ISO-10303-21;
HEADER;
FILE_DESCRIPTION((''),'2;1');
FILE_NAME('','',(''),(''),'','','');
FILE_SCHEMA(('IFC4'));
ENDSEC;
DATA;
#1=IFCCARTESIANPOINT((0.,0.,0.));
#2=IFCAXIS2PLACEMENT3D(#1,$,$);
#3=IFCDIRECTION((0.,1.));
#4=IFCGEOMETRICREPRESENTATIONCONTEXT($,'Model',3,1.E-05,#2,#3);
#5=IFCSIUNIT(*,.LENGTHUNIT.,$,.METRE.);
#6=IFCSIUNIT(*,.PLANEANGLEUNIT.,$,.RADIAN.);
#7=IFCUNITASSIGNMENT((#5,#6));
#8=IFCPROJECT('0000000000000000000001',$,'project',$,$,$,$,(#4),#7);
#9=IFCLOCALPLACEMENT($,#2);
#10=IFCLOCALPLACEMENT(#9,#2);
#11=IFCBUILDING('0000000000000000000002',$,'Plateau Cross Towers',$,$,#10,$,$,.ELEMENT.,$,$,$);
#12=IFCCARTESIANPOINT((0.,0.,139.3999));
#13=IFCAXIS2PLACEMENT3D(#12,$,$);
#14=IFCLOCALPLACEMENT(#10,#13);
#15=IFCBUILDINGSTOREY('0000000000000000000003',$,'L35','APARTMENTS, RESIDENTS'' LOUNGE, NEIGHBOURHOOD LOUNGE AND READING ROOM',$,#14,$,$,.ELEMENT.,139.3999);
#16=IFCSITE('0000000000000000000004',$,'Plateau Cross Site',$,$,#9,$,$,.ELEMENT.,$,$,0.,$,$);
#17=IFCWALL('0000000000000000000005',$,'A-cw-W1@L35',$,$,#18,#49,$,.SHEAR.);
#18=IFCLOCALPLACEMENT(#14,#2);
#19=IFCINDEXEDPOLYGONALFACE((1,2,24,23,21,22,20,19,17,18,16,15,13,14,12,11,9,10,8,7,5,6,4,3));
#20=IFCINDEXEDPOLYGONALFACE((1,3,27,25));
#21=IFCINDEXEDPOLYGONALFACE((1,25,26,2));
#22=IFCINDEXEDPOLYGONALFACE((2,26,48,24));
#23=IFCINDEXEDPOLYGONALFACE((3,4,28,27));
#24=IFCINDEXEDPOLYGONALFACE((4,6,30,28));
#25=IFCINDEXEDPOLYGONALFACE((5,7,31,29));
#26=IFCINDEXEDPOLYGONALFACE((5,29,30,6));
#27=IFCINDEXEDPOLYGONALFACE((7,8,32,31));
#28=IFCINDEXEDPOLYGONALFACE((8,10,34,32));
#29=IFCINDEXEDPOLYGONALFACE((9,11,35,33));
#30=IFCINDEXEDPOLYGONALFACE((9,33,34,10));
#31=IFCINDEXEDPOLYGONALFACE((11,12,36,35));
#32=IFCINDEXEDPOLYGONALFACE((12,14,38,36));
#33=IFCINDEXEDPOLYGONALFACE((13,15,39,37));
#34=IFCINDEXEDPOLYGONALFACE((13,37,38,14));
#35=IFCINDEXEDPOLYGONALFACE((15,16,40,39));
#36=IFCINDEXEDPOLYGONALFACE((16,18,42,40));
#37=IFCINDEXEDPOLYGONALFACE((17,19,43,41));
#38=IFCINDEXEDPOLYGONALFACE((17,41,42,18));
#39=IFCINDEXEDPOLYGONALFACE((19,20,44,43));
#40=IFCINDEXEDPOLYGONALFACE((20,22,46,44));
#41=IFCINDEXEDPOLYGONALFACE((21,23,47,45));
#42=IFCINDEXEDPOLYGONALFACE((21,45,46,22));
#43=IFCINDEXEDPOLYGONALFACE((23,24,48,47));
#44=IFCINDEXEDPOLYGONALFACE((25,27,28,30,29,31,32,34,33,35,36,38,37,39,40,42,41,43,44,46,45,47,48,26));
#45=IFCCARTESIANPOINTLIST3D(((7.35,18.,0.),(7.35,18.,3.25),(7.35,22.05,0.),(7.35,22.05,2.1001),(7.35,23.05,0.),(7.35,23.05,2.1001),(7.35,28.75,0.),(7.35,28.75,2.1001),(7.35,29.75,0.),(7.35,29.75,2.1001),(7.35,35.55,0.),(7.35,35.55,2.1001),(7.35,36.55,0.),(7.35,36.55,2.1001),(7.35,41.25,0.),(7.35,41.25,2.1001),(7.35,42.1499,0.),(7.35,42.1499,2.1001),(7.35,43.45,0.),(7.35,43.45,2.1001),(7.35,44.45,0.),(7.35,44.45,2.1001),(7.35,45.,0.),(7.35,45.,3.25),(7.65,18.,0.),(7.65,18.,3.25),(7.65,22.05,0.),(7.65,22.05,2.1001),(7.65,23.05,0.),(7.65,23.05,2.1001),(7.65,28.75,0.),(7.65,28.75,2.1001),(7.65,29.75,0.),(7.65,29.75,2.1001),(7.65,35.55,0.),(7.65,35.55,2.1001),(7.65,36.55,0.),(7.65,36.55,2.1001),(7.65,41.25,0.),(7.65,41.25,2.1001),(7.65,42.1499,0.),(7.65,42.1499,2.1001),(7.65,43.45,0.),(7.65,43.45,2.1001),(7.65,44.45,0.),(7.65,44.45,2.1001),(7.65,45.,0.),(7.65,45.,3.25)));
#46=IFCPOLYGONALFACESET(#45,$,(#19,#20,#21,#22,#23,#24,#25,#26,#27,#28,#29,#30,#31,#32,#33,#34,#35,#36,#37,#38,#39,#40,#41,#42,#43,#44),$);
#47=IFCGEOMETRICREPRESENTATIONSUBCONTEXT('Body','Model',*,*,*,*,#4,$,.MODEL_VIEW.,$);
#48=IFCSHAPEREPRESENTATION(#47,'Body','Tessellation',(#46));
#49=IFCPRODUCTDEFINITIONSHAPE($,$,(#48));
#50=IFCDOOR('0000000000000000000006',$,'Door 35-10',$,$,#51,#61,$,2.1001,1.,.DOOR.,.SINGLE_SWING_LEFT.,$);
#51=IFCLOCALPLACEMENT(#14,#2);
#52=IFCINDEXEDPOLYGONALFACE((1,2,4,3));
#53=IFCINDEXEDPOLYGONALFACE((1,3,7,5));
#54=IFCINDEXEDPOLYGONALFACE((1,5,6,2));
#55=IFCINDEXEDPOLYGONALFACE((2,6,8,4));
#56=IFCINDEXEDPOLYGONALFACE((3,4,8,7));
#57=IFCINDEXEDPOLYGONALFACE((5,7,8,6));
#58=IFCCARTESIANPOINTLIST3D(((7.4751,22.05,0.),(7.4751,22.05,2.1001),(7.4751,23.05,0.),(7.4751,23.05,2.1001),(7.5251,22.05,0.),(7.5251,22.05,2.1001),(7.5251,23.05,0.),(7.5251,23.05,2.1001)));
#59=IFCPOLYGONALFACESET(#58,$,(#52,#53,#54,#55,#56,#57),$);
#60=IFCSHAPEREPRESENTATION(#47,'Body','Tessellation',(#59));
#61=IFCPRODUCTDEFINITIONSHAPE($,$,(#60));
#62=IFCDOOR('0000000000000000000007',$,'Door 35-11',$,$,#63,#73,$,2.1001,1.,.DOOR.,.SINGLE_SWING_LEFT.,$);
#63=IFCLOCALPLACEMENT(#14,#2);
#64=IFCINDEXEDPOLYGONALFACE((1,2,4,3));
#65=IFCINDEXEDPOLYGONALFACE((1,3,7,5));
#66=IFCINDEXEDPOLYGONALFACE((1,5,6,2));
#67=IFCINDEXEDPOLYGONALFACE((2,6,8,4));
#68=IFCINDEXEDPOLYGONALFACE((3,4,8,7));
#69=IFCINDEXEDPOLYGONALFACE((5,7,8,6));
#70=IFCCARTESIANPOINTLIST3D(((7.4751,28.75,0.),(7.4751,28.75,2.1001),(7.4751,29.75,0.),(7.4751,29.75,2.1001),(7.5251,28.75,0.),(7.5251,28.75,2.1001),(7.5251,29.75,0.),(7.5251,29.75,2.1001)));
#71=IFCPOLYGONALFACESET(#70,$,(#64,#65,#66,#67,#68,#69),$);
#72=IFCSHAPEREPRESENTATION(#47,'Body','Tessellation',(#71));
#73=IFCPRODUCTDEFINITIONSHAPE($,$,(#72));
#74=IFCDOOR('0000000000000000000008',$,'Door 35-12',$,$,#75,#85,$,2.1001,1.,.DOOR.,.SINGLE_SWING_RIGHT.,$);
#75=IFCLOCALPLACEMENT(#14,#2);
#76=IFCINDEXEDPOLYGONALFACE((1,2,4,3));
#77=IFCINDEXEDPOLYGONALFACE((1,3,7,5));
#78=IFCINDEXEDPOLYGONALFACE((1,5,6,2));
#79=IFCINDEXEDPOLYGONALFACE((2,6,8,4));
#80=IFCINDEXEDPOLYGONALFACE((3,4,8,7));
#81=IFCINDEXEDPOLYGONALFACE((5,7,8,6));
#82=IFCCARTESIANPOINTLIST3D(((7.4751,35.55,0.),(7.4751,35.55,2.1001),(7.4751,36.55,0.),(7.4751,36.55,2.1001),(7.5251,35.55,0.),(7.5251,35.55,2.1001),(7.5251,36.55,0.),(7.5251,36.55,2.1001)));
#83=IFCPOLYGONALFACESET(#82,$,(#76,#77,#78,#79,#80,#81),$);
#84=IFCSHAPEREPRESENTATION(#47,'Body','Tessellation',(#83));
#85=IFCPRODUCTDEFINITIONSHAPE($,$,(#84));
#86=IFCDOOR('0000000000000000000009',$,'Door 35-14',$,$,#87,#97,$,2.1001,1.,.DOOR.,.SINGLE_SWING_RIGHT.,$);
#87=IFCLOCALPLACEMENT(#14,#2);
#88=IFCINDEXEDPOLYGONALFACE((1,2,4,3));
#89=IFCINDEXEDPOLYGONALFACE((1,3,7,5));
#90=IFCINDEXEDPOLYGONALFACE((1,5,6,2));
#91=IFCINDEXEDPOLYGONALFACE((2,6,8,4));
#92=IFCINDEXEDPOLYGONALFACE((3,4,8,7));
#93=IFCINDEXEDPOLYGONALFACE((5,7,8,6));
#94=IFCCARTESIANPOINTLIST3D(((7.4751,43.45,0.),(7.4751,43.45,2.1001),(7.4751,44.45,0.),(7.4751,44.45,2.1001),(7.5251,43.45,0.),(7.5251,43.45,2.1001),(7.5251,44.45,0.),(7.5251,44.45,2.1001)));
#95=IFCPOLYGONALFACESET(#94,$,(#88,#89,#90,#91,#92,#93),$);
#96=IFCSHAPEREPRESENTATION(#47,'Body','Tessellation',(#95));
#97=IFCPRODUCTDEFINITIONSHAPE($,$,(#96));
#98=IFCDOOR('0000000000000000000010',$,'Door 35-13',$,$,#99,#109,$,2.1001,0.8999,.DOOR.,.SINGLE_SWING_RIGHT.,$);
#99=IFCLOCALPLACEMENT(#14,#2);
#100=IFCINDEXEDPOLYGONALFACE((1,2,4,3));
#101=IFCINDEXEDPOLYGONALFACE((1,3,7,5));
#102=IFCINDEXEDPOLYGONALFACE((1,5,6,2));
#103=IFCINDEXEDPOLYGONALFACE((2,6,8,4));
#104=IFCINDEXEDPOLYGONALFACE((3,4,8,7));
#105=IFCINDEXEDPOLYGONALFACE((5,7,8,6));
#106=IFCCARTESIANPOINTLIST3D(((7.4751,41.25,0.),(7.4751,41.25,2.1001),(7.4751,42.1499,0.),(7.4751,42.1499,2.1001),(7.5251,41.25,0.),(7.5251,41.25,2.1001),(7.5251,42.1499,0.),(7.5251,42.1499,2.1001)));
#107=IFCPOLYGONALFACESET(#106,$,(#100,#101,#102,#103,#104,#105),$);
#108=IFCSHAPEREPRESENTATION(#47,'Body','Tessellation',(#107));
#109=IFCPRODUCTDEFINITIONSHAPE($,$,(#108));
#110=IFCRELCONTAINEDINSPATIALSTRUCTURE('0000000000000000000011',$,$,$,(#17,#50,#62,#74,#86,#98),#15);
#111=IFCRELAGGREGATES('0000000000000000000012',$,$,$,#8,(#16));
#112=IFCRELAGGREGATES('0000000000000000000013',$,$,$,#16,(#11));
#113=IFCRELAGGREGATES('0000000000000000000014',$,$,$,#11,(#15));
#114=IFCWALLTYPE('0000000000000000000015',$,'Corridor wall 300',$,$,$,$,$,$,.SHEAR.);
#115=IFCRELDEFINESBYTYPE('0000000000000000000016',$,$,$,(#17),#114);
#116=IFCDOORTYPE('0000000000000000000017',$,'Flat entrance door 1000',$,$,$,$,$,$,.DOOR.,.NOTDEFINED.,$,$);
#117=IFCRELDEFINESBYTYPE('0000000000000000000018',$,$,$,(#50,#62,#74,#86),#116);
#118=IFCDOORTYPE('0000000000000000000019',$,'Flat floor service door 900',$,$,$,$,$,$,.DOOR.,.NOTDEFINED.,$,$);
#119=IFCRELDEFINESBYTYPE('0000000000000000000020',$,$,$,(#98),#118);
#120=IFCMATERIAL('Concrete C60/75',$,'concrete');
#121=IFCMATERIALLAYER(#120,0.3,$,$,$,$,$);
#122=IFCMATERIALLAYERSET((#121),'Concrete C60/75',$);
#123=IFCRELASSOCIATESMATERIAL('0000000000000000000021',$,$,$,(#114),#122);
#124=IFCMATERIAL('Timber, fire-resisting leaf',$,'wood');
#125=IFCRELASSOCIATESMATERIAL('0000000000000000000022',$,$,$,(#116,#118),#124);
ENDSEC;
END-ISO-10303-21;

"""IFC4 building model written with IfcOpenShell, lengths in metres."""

from ifc_helpers import new_model, si_unit, direction, frame, frame_2d, origin, place, context, subcontext, project, spatial, rectangle, extrude, material, layer, layer_set, type_object, element, fill, save


model = new_model("IFC4")

# Units and contexts
model_context = context("Model", 3, precision=1e-05, world=origin(), true_north=direction((0.0, 1.0)))
body_context = subcontext(model_context, "Body", "Model", "MODEL_VIEW")
ifc_project = project(units=[si_unit("LENGTHUNIT", "METRE"), si_unit("PLANEANGLEUNIT", "RADIAN")], contexts=[model_context])

# Site, building, storey
site_placement = place(None, origin())
site = spatial("IfcSite", under=ifc_project, at=site_placement, Name="Plateau Cross Site", CompositionType="ELEMENT", RefElevation=0.0)
building_placement = place(site_placement, origin())
building = spatial("IfcBuilding", under=site, at=building_placement, Name="Plateau Cross Towers", CompositionType="ELEMENT")
storey_placement = place(building_placement, frame((0.0, 0.0, 139.3999)))
storey = spatial("IfcBuildingStorey", under=building, at=storey_placement, Name="L35", Description="APARTMENTS, RESIDENTS' LOUNGE, NEIGHBOURHOOD LOUNGE AND READING ROOM", CompositionType="ELEMENT", Elevation=139.3999)

# Wall, openings, doors
ifc_material_1 = material(Name="Concrete C60/75", Category="concrete")
ifc_layer_1 = layer(ifc_material_1, 0.3)
ifc_layer_set_1 = layer_set([ifc_layer_1], Name="Concrete C60/75")
wall_type_1 = type_object("IfcWallType", Name="Corridor wall 300", PredefinedType="SHEAR", material=ifc_layer_set_1)
wall_1_placement = place(storey_placement, frame((7.5, 18.0, 0.0), z_axis=(0.0, 0.0, 1.0), x_axis=(0.0, 1.0, 0.0)))
wall_1 = element("IfcWall", 1, at=wall_1_placement, inside=storey, type_object=wall_type_1, Name="A-cw-W1@L35", PredefinedType="SHEAR", context=body_context, shape_type="SweptSolid", body=[
    extrude(rectangle(XDim=27.0, YDim=0.3, at=frame_2d((13.5, 0.0))), origin(), (0.0, 0.0, 1.0), 3.25),
])
opening_1_placement = place(wall_1_placement, frame((4.05, 0.0, 0.0)))
opening_1 = element("IfcOpeningElement", 2, at=opening_1_placement, cuts=wall_1, PredefinedType="OPENING", context=body_context, shape_type="SweptSolid", body=[
    extrude(rectangle(XDim=1.0, YDim=2.1001, at=frame_2d((0.5, 1.05))), frame((0.0, 0.1599, 0.0), z_axis=(0.0, -1.0, 0.0), x_axis=(1.0, 0.0, 0.0)), (0.0, 0.0, 1.0), 0.3201),
])
opening_2_placement = place(wall_1_placement, frame((10.75, 0.0, 0.0)))
opening_2 = element("IfcOpeningElement", 3, at=opening_2_placement, cuts=wall_1, PredefinedType="OPENING", context=body_context, shape_type="SweptSolid", body=[
    extrude(rectangle(XDim=1.0, YDim=2.1001, at=frame_2d((0.5, 1.05))), frame((0.0, 0.1599, 0.0), z_axis=(0.0, -1.0, 0.0), x_axis=(1.0, 0.0, 0.0)), (0.0, 0.0, 1.0), 0.3201),
])
opening_3_placement = place(wall_1_placement, frame((17.55, 0.0, 0.0)))
opening_3 = element("IfcOpeningElement", 4, at=opening_3_placement, cuts=wall_1, PredefinedType="OPENING", context=body_context, shape_type="SweptSolid", body=[
    extrude(rectangle(XDim=1.0, YDim=2.1001, at=frame_2d((0.5, 1.05))), frame((0.0, 0.1599, 0.0), z_axis=(0.0, -1.0, 0.0), x_axis=(1.0, 0.0, 0.0)), (0.0, 0.0, 1.0), 0.3201),
])
opening_4_placement = place(wall_1_placement, frame((23.25, 0.0, 0.0)))
opening_4 = element("IfcOpeningElement", 5, at=opening_4_placement, cuts=wall_1, PredefinedType="OPENING", context=body_context, shape_type="SweptSolid", body=[
    extrude(rectangle(XDim=0.8999, YDim=2.1001, at=frame_2d((0.45, 1.05))), frame((0.0, 0.1599, 0.0), z_axis=(0.0, -1.0, 0.0), x_axis=(1.0, 0.0, 0.0)), (0.0, 0.0, 1.0), 0.3201),
])
opening_5_placement = place(wall_1_placement, frame((25.45, 0.0, 0.0)))
opening_5 = element("IfcOpeningElement", 6, at=opening_5_placement, cuts=wall_1, PredefinedType="OPENING", context=body_context, shape_type="SweptSolid", body=[
    extrude(rectangle(XDim=1.0, YDim=2.1001, at=frame_2d((0.5, 1.05))), frame((0.0, 0.1599, 0.0), z_axis=(0.0, -1.0, 0.0), x_axis=(1.0, 0.0, 0.0)), (0.0, 0.0, 1.0), 0.3201),
])
ifc_material_2 = material(Name="Timber, fire-resisting leaf", Category="wood")
door_type_1 = type_object("IfcDoorType", Name="Flat entrance door 1000", OperationType="NOTDEFINED", PredefinedType="DOOR", material=ifc_material_2)
door_1_placement = place(opening_1_placement, origin())
door_1 = element("IfcDoor", 7, at=door_1_placement, inside=storey, type_object=door_type_1, Name="Door 35-10", OperationType="SINGLE_SWING_LEFT", OverallHeight=2.1001, OverallWidth=1.0, PredefinedType="DOOR", context=body_context, shape_type="SweptSolid", body=[
    extrude(rectangle(XDim=1.0, YDim=2.1001, at=frame_2d((0.5, 1.05))), frame((0.0, 0.0249, 0.0), z_axis=(0.0, -1.0, 0.0), x_axis=(1.0, 0.0, 0.0)), (0.0, 0.0, 1.0), 0.05),
])
fill(opening_1, door_1)
door_2_placement = place(opening_2_placement, origin())
door_2 = element("IfcDoor", 8, at=door_2_placement, inside=storey, type_object=door_type_1, Name="Door 35-11", OperationType="SINGLE_SWING_LEFT", OverallHeight=2.1001, OverallWidth=1.0, PredefinedType="DOOR", context=body_context, shape_type="SweptSolid", body=[
    extrude(rectangle(XDim=1.0, YDim=2.1001, at=frame_2d((0.5, 1.05))), frame((0.0, 0.0249, 0.0), z_axis=(0.0, -1.0, 0.0), x_axis=(1.0, 0.0, 0.0)), (0.0, 0.0, 1.0), 0.05),
])
fill(opening_2, door_2)
door_3_placement = place(opening_3_placement, origin())
door_3 = element("IfcDoor", 9, at=door_3_placement, inside=storey, type_object=door_type_1, Name="Door 35-12", OperationType="SINGLE_SWING_RIGHT", OverallHeight=2.1001, OverallWidth=1.0, PredefinedType="DOOR", context=body_context, shape_type="SweptSolid", body=[
    extrude(rectangle(XDim=1.0, YDim=2.1001, at=frame_2d((0.5, 1.05))), frame((0.0, 0.0249, 0.0), z_axis=(0.0, -1.0, 0.0), x_axis=(1.0, 0.0, 0.0)), (0.0, 0.0, 1.0), 0.05),
])
fill(opening_3, door_3)
door_4_placement = place(opening_5_placement, origin())
door_4 = element("IfcDoor", 10, at=door_4_placement, inside=storey, type_object=door_type_1, Name="Door 35-14", OperationType="SINGLE_SWING_RIGHT", OverallHeight=2.1001, OverallWidth=1.0, PredefinedType="DOOR", context=body_context, shape_type="SweptSolid", body=[
    extrude(rectangle(XDim=1.0, YDim=2.1001, at=frame_2d((0.5, 1.05))), frame((0.0, 0.0249, 0.0), z_axis=(0.0, -1.0, 0.0), x_axis=(1.0, 0.0, 0.0)), (0.0, 0.0, 1.0), 0.05),
])
fill(opening_5, door_4)
door_type_2 = type_object("IfcDoorType", Name="Flat floor service door 900", OperationType="NOTDEFINED", PredefinedType="DOOR", material=ifc_material_2)
door_5_placement = place(opening_4_placement, origin())
door_5 = element("IfcDoor", 11, at=door_5_placement, inside=storey, type_object=door_type_2, Name="Door 35-13", OperationType="SINGLE_SWING_RIGHT", OverallHeight=2.1001, OverallWidth=0.8999, PredefinedType="DOOR", context=body_context, shape_type="SweptSolid", body=[
    extrude(rectangle(XDim=0.8999, YDim=2.1001, at=frame_2d((0.45, 1.05))), frame((0.0, 0.0249, 0.0), z_axis=(0.0, -1.0, 0.0), x_axis=(1.0, 0.0, 0.0)), (0.0, 0.0, 1.0), 0.05),
])
fill(opening_4, door_5)

save(model, "model.ifc")
